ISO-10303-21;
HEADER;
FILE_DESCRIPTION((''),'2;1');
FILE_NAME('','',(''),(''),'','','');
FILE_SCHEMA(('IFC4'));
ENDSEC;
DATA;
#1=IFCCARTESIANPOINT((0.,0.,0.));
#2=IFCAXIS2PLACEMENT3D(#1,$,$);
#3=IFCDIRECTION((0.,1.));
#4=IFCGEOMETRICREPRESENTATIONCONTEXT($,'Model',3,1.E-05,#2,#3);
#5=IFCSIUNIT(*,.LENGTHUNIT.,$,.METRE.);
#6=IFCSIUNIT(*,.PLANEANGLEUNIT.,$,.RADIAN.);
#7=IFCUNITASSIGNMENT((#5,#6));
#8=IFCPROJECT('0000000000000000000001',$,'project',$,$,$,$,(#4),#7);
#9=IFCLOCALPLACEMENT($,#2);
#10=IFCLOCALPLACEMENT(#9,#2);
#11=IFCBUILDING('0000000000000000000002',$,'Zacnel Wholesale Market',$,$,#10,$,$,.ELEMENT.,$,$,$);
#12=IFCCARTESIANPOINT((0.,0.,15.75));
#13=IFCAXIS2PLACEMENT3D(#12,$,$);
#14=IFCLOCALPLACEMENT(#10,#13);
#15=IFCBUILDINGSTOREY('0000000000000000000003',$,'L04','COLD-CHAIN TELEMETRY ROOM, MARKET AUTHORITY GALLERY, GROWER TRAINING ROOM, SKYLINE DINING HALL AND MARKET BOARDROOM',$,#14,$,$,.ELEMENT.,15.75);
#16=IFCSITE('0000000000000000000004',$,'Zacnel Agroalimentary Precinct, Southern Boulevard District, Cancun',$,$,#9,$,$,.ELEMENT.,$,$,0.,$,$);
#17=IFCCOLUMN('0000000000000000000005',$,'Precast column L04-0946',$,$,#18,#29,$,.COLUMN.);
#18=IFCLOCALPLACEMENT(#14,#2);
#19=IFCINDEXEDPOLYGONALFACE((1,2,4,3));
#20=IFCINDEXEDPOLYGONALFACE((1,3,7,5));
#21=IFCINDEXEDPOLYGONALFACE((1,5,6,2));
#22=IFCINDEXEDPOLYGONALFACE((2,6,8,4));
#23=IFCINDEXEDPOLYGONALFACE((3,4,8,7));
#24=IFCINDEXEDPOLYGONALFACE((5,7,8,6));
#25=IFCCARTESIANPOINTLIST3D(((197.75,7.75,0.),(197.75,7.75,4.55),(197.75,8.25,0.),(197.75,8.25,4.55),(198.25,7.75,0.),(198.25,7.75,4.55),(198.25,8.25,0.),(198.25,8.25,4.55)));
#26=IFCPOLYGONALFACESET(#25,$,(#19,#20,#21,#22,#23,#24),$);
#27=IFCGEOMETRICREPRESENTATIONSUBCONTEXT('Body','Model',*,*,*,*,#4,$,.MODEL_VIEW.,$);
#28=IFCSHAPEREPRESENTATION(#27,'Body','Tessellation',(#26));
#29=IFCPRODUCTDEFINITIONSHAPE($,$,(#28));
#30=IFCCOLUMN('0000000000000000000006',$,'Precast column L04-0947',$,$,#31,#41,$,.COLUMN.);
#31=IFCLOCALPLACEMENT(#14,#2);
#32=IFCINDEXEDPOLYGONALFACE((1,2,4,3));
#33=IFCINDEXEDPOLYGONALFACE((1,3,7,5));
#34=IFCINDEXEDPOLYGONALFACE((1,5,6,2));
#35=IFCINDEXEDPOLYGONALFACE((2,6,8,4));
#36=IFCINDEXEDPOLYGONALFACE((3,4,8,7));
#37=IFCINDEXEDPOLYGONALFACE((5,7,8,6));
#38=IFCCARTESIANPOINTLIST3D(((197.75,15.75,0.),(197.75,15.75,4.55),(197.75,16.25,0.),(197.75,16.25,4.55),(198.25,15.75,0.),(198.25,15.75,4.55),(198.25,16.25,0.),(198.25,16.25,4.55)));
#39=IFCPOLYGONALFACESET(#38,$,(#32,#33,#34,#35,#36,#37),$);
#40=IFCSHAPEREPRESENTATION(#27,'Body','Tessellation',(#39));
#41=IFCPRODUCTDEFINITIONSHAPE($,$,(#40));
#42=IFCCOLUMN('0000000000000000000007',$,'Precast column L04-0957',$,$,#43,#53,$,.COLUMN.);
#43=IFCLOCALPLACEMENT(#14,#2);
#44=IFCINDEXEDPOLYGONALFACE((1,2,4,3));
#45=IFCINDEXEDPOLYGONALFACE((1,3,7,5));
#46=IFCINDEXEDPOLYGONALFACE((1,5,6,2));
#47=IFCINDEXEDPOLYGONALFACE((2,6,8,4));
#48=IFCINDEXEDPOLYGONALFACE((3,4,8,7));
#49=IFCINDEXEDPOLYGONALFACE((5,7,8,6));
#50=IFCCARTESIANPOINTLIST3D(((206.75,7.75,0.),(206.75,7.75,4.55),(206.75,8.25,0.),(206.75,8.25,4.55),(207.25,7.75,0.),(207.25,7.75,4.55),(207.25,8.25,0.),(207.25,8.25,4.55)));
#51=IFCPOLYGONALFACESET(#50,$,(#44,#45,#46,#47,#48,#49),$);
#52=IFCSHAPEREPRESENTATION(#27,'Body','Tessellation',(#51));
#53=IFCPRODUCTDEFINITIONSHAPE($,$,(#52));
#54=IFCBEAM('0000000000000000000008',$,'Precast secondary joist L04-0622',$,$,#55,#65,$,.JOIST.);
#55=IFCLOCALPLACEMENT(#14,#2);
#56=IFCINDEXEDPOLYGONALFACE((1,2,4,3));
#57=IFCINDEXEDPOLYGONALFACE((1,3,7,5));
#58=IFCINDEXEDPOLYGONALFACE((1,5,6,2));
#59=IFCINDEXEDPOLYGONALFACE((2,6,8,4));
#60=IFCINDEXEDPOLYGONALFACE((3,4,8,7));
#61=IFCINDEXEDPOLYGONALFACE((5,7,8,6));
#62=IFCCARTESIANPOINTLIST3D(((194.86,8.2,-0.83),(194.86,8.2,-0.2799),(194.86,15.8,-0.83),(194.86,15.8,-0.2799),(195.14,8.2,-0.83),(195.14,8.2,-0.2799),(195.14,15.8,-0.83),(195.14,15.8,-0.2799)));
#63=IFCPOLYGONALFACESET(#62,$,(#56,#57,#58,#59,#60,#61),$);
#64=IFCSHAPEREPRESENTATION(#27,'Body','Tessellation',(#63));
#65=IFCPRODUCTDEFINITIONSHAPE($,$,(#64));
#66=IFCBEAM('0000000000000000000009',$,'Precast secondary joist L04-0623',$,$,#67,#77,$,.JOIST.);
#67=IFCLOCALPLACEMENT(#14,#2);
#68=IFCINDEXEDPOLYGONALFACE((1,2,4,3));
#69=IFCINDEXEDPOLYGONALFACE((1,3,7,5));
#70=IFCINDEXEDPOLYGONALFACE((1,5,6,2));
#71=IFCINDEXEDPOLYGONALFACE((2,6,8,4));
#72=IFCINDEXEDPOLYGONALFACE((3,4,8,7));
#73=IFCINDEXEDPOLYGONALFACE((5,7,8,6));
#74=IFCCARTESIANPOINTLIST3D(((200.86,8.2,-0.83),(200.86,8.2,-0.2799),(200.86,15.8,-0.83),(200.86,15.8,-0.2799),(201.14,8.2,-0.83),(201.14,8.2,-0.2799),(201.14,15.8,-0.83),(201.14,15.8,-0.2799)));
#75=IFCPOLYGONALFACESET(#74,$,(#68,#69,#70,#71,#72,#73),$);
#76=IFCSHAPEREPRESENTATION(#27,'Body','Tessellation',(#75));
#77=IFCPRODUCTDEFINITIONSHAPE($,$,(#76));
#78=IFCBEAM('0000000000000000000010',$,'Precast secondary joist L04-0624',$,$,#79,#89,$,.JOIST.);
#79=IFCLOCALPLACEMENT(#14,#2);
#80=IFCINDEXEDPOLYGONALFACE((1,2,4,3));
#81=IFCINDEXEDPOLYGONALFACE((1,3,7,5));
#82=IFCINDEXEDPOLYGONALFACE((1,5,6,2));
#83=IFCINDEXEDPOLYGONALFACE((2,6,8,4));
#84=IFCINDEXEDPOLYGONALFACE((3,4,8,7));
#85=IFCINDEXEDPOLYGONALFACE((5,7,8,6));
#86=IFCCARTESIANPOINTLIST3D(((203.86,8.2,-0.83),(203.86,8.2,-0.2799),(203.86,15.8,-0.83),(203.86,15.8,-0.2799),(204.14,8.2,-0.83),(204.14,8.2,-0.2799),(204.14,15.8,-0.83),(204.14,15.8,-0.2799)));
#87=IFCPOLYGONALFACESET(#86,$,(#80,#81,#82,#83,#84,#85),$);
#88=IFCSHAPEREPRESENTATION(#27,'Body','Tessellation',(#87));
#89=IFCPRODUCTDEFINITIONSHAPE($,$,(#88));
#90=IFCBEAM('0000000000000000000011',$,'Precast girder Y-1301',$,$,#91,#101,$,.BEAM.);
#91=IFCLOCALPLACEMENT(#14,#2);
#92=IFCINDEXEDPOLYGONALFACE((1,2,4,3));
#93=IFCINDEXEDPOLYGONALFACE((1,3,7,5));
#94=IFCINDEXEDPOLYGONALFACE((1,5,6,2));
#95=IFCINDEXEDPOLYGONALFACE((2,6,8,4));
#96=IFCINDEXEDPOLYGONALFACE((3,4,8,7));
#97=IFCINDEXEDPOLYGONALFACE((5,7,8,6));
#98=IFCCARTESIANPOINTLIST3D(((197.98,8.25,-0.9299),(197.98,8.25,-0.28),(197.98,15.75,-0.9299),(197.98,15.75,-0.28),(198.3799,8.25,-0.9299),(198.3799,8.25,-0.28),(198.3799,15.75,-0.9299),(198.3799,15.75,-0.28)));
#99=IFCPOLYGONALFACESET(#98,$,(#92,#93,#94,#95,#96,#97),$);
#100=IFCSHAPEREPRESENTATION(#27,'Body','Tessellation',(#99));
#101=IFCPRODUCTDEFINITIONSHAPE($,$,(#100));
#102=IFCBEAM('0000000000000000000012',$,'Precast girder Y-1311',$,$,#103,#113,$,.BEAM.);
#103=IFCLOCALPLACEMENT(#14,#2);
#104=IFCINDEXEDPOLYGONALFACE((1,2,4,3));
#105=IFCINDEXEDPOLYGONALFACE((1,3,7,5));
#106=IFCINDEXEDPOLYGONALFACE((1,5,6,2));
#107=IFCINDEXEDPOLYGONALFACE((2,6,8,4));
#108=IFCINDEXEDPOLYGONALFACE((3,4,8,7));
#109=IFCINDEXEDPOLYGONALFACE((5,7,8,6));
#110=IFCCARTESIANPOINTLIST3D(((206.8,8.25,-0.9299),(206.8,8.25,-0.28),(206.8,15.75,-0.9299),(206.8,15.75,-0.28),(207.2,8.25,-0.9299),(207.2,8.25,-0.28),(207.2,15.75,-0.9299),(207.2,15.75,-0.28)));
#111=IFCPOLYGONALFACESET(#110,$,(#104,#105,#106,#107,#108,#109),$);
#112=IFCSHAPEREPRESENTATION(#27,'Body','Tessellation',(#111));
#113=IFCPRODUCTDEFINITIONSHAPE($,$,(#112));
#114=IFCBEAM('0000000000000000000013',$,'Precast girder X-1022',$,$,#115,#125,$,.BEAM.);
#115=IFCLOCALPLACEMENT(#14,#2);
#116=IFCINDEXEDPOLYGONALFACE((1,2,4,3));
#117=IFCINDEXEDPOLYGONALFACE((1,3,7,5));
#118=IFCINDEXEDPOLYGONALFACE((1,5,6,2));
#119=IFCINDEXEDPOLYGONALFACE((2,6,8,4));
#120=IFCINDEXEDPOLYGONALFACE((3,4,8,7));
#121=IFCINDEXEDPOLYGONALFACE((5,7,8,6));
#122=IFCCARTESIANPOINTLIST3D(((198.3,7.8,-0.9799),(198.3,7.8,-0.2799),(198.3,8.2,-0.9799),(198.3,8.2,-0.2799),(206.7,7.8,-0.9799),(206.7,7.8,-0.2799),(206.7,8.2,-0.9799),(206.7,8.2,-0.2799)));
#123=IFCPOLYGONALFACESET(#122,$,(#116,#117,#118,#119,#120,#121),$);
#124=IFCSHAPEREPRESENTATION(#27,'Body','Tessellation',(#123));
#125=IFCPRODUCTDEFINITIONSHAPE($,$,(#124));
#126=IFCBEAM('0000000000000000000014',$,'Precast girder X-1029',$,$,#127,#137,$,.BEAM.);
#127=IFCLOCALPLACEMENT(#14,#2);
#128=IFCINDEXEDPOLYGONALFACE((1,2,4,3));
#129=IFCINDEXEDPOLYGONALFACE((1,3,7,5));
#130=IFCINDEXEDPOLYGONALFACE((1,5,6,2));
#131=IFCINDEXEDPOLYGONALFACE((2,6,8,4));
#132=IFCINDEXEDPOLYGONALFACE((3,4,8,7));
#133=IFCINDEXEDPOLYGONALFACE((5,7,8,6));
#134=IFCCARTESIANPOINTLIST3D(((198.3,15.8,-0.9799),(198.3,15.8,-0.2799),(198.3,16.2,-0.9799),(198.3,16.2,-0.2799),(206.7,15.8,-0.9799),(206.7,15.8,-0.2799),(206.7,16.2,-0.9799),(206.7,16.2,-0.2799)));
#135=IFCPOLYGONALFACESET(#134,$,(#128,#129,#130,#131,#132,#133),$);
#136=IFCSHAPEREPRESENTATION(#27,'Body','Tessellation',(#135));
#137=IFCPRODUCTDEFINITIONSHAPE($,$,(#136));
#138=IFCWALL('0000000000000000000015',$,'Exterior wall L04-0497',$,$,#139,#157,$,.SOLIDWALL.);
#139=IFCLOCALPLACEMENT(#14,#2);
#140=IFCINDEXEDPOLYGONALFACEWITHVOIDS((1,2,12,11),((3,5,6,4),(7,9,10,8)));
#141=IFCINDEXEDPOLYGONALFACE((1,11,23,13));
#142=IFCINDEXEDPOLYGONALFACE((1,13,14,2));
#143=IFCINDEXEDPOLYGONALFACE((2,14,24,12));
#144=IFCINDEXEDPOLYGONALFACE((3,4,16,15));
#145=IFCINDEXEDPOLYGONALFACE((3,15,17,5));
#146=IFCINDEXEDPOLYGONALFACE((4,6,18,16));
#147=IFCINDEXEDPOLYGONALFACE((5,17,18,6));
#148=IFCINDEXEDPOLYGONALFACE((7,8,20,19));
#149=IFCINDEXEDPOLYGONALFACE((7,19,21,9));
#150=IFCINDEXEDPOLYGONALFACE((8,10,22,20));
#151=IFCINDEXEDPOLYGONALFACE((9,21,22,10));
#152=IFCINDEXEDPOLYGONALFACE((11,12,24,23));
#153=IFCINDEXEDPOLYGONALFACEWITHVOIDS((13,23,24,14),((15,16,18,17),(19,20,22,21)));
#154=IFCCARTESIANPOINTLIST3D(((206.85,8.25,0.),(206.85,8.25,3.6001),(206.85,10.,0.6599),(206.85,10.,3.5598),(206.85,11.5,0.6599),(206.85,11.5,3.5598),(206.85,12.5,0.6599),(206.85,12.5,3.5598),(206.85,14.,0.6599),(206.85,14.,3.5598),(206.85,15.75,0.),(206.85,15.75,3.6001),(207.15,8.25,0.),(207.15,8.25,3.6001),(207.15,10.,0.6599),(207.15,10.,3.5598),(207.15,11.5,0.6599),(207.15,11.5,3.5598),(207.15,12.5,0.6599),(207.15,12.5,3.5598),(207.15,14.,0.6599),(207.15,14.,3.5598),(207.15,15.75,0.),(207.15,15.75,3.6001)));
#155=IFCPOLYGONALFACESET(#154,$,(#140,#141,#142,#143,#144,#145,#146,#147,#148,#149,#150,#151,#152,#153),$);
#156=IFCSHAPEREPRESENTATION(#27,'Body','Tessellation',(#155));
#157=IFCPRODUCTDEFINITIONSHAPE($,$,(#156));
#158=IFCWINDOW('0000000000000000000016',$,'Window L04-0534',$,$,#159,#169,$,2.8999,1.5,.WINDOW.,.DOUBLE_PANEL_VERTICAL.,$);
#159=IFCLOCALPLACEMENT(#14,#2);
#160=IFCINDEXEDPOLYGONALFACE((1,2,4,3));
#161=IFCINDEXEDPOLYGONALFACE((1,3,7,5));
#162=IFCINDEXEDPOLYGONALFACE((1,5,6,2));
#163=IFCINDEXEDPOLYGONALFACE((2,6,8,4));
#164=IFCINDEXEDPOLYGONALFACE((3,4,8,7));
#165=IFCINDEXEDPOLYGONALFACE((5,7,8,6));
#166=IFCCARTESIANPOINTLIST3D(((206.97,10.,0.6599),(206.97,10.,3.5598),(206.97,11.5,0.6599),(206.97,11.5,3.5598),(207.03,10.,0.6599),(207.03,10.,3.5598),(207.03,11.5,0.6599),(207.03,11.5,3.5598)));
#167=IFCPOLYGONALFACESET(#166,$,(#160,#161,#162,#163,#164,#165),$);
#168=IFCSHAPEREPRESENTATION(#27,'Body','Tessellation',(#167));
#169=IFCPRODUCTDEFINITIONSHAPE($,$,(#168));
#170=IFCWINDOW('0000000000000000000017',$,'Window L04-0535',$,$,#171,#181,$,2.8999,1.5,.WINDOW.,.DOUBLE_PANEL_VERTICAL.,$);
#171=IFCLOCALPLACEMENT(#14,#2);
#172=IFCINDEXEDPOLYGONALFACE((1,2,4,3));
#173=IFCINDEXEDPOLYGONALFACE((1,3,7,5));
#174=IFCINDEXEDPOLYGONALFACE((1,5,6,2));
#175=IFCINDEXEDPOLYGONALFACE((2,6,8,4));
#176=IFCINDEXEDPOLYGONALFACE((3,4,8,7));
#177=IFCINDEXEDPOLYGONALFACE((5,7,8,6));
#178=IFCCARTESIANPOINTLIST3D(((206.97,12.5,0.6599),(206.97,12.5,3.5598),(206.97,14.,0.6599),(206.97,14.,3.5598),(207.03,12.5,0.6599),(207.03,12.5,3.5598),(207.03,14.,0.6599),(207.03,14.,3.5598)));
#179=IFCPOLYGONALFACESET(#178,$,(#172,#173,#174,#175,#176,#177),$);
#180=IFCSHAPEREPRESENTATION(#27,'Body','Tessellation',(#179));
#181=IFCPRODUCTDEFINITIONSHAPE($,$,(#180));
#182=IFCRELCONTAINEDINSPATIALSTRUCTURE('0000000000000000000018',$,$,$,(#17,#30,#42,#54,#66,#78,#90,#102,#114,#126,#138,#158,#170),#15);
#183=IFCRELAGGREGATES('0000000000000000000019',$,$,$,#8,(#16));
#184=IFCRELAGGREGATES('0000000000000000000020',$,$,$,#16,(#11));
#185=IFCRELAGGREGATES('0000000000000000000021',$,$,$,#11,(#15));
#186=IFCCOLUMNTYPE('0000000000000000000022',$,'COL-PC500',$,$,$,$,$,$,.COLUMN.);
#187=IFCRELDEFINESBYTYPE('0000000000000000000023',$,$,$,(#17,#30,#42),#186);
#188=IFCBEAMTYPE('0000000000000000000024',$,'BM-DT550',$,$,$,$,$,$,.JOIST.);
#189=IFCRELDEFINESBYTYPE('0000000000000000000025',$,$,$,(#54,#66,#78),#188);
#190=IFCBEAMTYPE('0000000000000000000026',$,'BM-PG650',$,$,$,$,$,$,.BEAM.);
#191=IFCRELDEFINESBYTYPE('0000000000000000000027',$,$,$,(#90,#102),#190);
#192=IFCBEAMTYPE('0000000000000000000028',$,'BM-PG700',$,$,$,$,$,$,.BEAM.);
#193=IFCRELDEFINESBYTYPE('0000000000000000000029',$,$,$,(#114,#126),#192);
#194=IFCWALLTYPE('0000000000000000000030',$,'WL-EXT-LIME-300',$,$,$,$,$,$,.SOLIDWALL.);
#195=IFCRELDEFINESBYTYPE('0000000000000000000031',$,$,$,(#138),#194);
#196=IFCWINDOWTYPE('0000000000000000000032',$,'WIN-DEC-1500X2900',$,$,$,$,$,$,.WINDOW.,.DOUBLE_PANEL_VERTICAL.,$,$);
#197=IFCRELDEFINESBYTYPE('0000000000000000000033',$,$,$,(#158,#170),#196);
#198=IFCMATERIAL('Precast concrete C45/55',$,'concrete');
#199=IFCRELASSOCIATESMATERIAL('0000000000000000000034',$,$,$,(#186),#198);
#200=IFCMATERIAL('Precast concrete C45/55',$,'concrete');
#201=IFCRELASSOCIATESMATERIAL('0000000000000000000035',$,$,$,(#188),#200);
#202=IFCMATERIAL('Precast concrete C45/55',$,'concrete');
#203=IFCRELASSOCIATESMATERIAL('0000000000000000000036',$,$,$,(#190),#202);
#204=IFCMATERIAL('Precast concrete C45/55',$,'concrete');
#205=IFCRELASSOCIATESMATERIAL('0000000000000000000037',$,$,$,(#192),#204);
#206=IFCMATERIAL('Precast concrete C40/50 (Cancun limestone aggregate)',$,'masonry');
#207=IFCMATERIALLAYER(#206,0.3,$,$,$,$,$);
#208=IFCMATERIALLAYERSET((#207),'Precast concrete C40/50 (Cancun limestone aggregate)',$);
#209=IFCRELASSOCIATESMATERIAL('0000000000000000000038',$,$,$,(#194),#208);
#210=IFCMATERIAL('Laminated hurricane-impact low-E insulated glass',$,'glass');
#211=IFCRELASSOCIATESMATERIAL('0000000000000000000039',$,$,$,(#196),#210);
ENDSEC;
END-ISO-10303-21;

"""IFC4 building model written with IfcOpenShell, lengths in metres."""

from ifc_helpers import new_model, si_unit, direction, frame, frame_2d, origin, origin_2d, place, context, subcontext, project, spatial, rectangle, extrude, material, layer, layer_set, material_profile, profile_set, type_object, element, fill, save


model = new_model("IFC4")

# Units and contexts
model_context = context("Model", 3, precision=1e-05, world=origin(), true_north=direction((0.0, 1.0)))
body_context = subcontext(model_context, "Body", "Model", "MODEL_VIEW")
ifc_project = project(units=[si_unit("LENGTHUNIT", "METRE"), si_unit("PLANEANGLEUNIT", "RADIAN")], contexts=[model_context])

# Site, building, storey
site_placement = place(None, origin())
site = spatial("IfcSite", under=ifc_project, at=site_placement, Name="Zacnel Agroalimentary Precinct, Southern Boulevard District, Cancun", CompositionType="ELEMENT", RefElevation=0.0)
building_placement = place(site_placement, origin())
building = spatial("IfcBuilding", under=site, at=building_placement, Name="Zacnel Wholesale Market", CompositionType="ELEMENT")
storey_placement = place(building_placement, frame((0.0, 0.0, 15.75)))
storey = spatial("IfcBuildingStorey", under=building, at=storey_placement, Name="L04", Description="COLD-CHAIN TELEMETRY ROOM, MARKET AUTHORITY GALLERY, GROWER TRAINING ROOM, SKYLINE DINING HALL AND MARKET BOARDROOM", CompositionType="ELEMENT", Elevation=15.75)

# Columns
ifc_material_1 = material(Name="Precast concrete C45/55", Category="concrete")
ifc_material_profile_1 = material_profile(ifc_material_1, rectangle(XDim=0.5, YDim=0.5, at=origin_2d()), Name="PC 500x500")
ifc_profile_set_1 = profile_set([ifc_material_profile_1], Name="Precast concrete C45/55")
column_type = type_object("IfcColumnType", Name="COL-PC500", PredefinedType="COLUMN", material=ifc_profile_set_1)
for number, where, z_axis, x_axis, name in (
    (1, (198.0, 8.0, 0.0), (0.0, 0.0, 1.0), (1.0, 0.0, 0.0), "Precast column L04-0946"),
    (2, (198.0, 16.0, 0.0), (0.0, 0.0, 1.0), (1.0, 0.0, 0.0), "Precast column L04-0947"),
    (3, (207.0, 8.0, 0.0), (0.0, 0.0, 1.0), (1.0, 0.0, 0.0), "Precast column L04-0957"),
):
    element("IfcColumn", number, at=place(storey_placement, frame(where, z_axis=z_axis, x_axis=x_axis)), inside=storey, type_object=column_type, Name=name, PredefinedType="COLUMN", context=body_context, shape_type="SweptSolid", body=[
        extrude(rectangle(XDim=0.5, YDim=0.5, at=origin_2d()), origin(), (0.0, 0.0, 1.0), 4.55),
    ])

# Beams
ifc_material_2 = material(Name="Precast concrete C45/55", Category="concrete")
ifc_material_profile_2 = material_profile(ifc_material_2, rectangle(XDim=0.28, YDim=0.55, at=origin_2d()), Name="DT RIB 280x550")
ifc_profile_set_2 = profile_set([ifc_material_profile_2], Name="Precast concrete C45/55")
beam_type_1 = type_object("IfcBeamType", Name="BM-DT550", PredefinedType="JOIST", material=ifc_profile_set_2)
for number, where, z_axis, x_axis, name in (
    (4, (195.0, 8.2, -0.5549), (0.0, 1.0, 0.0), (-1.0, 0.0, 0.0), "Precast secondary joist L04-0622"),
    (5, (201.0, 8.2, -0.5549), (0.0, 1.0, 0.0), (-1.0, 0.0, 0.0), "Precast secondary joist L04-0623"),
    (6, (204.0, 8.2, -0.5549), (0.0, 1.0, 0.0), (-1.0, 0.0, 0.0), "Precast secondary joist L04-0624"),
):
    element("IfcBeam", number, at=place(storey_placement, frame(where, z_axis=z_axis, x_axis=x_axis)), inside=storey, type_object=beam_type_1, Name=name, PredefinedType="JOIST", context=body_context, shape_type="SweptSolid", body=[
        extrude(rectangle(XDim=0.28, YDim=0.55, at=origin_2d()), origin(), (0.0, 0.0, 1.0), 7.6001),
    ])
ifc_material_3 = material(Name="Precast concrete C45/55", Category="concrete")
ifc_material_profile_3 = material_profile(ifc_material_3, rectangle(XDim=0.3999, YDim=0.6499, at=origin_2d()), Name="PG 400x650")
ifc_profile_set_3 = profile_set([ifc_material_profile_3], Name="Precast concrete C45/55")
beam_type_2 = type_object("IfcBeamType", Name="BM-PG650", PredefinedType="BEAM", material=ifc_profile_set_3)
for number, where, z_axis, x_axis, name in (
    (7, (198.1799, 8.25, -0.605), (0.0, 1.0, 0.0), (-1.0, 0.0, 0.0), "Precast girder Y-1301"),
    (8, (207.0, 8.25, -0.605), (0.0, 1.0, 0.0), (-1.0, 0.0, 0.0), "Precast girder Y-1311"),
):
    element("IfcBeam", number, at=place(storey_placement, frame(where, z_axis=z_axis, x_axis=x_axis)), inside=storey, type_object=beam_type_2, Name=name, PredefinedType="BEAM", context=body_context, shape_type="SweptSolid", body=[
        extrude(rectangle(XDim=0.3999, YDim=0.6499, at=origin_2d()), origin(), (0.0, 0.0, 1.0), 7.5),
    ])
ifc_material_4 = material(Name="Precast concrete C45/55", Category="concrete")
ifc_material_profile_4 = material_profile(ifc_material_4, rectangle(XDim=0.3999, YDim=0.7, at=origin_2d()), Name="PG 400x700")
ifc_profile_set_4 = profile_set([ifc_material_profile_4], Name="Precast concrete C45/55")
beam_type_3 = type_object("IfcBeamType", Name="BM-PG700", PredefinedType="BEAM", material=ifc_profile_set_4)
for number, where, z_axis, x_axis, name in (
    (9, (198.3, 8.0, -0.6299), (1.0, 0.0, 0.0), (0.0, 1.0, 0.0), "Precast girder X-1022"),
    (10, (198.3, 16.0, -0.6299), (1.0, 0.0, 0.0), (0.0, 1.0, 0.0), "Precast girder X-1029"),
):
    element("IfcBeam", number, at=place(storey_placement, frame(where, z_axis=z_axis, x_axis=x_axis)), inside=storey, type_object=beam_type_3, Name=name, PredefinedType="BEAM", context=body_context, shape_type="SweptSolid", body=[
        extrude(rectangle(XDim=0.3999, YDim=0.7, at=origin_2d()), origin(), (0.0, 0.0, 1.0), 8.3999),
    ])

# Wall, openings, windows
ifc_material_5 = material(Name="Precast concrete C40/50 (Cancun limestone aggregate)", Category="masonry")
ifc_layer_1 = layer(ifc_material_5, 0.3)
ifc_layer_set_1 = layer_set([ifc_layer_1], Name="Precast concrete C40/50 (Cancun limestone aggregate)")
wall_type_1 = type_object("IfcWallType", Name="WL-EXT-LIME-300", PredefinedType="SOLIDWALL", material=ifc_layer_set_1)
wall_1_placement = place(storey_placement, frame((207.0, 8.25, 0.0), z_axis=(0.0, 0.0, 1.0), x_axis=(0.0, 1.0, 0.0)))
wall_1 = element("IfcWall", 11, at=wall_1_placement, inside=storey, type_object=wall_type_1, Name="Exterior wall L04-0497", PredefinedType="SOLIDWALL", context=body_context, shape_type="SweptSolid", body=[
    extrude(rectangle(XDim=7.5, YDim=0.3, at=frame_2d((3.75, 0.0))), origin(), (0.0, 0.0, 1.0), 3.6001),
])
opening_1_placement = place(wall_1_placement, frame((1.75, 0.0, 0.6599)))
opening_1 = element("IfcOpeningElement", 12, at=opening_1_placement, cuts=wall_1, PredefinedType="OPENING", context=body_context, shape_type="SweptSolid", body=[
    extrude(rectangle(XDim=1.5, YDim=2.8999, at=frame_2d((0.75, 1.45))), frame((0.0, 0.1599, 0.0), z_axis=(0.0, -1.0, 0.0), x_axis=(1.0, 0.0, 0.0)), (0.0, 0.0, 1.0), 0.3201),
])
opening_2_placement = place(wall_1_placement, frame((4.25, 0.0, 0.6599)))
opening_2 = element("IfcOpeningElement", 13, at=opening_2_placement, cuts=wall_1, PredefinedType="OPENING", context=body_context, shape_type="SweptSolid", body=[
    extrude(rectangle(XDim=1.5, YDim=2.8999, at=frame_2d((0.75, 1.45))), frame((0.0, 0.1599, 0.0), z_axis=(0.0, -1.0, 0.0), x_axis=(1.0, 0.0, 0.0)), (0.0, 0.0, 1.0), 0.3201),
])
ifc_material_6 = material(Name="Laminated hurricane-impact low-E insulated glass", Category="glass")
window_type = type_object("IfcWindowType", Name="WIN-DEC-1500X2900", PartitioningType="DOUBLE_PANEL_VERTICAL", PredefinedType="WINDOW", material=ifc_material_6)
window_1_placement = place(opening_1_placement, origin())
window_1 = element("IfcWindow", 14, at=window_1_placement, inside=storey, type_object=window_type, Name="Window L04-0534", OverallHeight=2.8999, OverallWidth=1.5, PartitioningType="DOUBLE_PANEL_VERTICAL", PredefinedType="WINDOW", context=body_context, shape_type="SweptSolid", body=[
    extrude(rectangle(XDim=1.5, YDim=2.8999, at=frame_2d((0.75, 1.45))), frame((0.0, 0.03, 0.0), z_axis=(0.0, -1.0, 0.0), x_axis=(1.0, 0.0, 0.0)), (0.0, 0.0, 1.0), 0.0601),
])
fill(opening_1, window_1)
window_2_placement = place(opening_2_placement, origin())
window_2 = element("IfcWindow", 15, at=window_2_placement, inside=storey, type_object=window_type, Name="Window L04-0535", OverallHeight=2.8999, OverallWidth=1.5, PartitioningType="DOUBLE_PANEL_VERTICAL", PredefinedType="WINDOW", context=body_context, shape_type="SweptSolid", body=[
    extrude(rectangle(XDim=1.5, YDim=2.8999, at=frame_2d((0.75, 1.45))), frame((0.0, 0.03, 0.0), z_axis=(0.0, -1.0, 0.0), x_axis=(1.0, 0.0, 0.0)), (0.0, 0.0, 1.0), 0.0601),
])
fill(opening_2, window_2)

save(model, "model.ifc")
